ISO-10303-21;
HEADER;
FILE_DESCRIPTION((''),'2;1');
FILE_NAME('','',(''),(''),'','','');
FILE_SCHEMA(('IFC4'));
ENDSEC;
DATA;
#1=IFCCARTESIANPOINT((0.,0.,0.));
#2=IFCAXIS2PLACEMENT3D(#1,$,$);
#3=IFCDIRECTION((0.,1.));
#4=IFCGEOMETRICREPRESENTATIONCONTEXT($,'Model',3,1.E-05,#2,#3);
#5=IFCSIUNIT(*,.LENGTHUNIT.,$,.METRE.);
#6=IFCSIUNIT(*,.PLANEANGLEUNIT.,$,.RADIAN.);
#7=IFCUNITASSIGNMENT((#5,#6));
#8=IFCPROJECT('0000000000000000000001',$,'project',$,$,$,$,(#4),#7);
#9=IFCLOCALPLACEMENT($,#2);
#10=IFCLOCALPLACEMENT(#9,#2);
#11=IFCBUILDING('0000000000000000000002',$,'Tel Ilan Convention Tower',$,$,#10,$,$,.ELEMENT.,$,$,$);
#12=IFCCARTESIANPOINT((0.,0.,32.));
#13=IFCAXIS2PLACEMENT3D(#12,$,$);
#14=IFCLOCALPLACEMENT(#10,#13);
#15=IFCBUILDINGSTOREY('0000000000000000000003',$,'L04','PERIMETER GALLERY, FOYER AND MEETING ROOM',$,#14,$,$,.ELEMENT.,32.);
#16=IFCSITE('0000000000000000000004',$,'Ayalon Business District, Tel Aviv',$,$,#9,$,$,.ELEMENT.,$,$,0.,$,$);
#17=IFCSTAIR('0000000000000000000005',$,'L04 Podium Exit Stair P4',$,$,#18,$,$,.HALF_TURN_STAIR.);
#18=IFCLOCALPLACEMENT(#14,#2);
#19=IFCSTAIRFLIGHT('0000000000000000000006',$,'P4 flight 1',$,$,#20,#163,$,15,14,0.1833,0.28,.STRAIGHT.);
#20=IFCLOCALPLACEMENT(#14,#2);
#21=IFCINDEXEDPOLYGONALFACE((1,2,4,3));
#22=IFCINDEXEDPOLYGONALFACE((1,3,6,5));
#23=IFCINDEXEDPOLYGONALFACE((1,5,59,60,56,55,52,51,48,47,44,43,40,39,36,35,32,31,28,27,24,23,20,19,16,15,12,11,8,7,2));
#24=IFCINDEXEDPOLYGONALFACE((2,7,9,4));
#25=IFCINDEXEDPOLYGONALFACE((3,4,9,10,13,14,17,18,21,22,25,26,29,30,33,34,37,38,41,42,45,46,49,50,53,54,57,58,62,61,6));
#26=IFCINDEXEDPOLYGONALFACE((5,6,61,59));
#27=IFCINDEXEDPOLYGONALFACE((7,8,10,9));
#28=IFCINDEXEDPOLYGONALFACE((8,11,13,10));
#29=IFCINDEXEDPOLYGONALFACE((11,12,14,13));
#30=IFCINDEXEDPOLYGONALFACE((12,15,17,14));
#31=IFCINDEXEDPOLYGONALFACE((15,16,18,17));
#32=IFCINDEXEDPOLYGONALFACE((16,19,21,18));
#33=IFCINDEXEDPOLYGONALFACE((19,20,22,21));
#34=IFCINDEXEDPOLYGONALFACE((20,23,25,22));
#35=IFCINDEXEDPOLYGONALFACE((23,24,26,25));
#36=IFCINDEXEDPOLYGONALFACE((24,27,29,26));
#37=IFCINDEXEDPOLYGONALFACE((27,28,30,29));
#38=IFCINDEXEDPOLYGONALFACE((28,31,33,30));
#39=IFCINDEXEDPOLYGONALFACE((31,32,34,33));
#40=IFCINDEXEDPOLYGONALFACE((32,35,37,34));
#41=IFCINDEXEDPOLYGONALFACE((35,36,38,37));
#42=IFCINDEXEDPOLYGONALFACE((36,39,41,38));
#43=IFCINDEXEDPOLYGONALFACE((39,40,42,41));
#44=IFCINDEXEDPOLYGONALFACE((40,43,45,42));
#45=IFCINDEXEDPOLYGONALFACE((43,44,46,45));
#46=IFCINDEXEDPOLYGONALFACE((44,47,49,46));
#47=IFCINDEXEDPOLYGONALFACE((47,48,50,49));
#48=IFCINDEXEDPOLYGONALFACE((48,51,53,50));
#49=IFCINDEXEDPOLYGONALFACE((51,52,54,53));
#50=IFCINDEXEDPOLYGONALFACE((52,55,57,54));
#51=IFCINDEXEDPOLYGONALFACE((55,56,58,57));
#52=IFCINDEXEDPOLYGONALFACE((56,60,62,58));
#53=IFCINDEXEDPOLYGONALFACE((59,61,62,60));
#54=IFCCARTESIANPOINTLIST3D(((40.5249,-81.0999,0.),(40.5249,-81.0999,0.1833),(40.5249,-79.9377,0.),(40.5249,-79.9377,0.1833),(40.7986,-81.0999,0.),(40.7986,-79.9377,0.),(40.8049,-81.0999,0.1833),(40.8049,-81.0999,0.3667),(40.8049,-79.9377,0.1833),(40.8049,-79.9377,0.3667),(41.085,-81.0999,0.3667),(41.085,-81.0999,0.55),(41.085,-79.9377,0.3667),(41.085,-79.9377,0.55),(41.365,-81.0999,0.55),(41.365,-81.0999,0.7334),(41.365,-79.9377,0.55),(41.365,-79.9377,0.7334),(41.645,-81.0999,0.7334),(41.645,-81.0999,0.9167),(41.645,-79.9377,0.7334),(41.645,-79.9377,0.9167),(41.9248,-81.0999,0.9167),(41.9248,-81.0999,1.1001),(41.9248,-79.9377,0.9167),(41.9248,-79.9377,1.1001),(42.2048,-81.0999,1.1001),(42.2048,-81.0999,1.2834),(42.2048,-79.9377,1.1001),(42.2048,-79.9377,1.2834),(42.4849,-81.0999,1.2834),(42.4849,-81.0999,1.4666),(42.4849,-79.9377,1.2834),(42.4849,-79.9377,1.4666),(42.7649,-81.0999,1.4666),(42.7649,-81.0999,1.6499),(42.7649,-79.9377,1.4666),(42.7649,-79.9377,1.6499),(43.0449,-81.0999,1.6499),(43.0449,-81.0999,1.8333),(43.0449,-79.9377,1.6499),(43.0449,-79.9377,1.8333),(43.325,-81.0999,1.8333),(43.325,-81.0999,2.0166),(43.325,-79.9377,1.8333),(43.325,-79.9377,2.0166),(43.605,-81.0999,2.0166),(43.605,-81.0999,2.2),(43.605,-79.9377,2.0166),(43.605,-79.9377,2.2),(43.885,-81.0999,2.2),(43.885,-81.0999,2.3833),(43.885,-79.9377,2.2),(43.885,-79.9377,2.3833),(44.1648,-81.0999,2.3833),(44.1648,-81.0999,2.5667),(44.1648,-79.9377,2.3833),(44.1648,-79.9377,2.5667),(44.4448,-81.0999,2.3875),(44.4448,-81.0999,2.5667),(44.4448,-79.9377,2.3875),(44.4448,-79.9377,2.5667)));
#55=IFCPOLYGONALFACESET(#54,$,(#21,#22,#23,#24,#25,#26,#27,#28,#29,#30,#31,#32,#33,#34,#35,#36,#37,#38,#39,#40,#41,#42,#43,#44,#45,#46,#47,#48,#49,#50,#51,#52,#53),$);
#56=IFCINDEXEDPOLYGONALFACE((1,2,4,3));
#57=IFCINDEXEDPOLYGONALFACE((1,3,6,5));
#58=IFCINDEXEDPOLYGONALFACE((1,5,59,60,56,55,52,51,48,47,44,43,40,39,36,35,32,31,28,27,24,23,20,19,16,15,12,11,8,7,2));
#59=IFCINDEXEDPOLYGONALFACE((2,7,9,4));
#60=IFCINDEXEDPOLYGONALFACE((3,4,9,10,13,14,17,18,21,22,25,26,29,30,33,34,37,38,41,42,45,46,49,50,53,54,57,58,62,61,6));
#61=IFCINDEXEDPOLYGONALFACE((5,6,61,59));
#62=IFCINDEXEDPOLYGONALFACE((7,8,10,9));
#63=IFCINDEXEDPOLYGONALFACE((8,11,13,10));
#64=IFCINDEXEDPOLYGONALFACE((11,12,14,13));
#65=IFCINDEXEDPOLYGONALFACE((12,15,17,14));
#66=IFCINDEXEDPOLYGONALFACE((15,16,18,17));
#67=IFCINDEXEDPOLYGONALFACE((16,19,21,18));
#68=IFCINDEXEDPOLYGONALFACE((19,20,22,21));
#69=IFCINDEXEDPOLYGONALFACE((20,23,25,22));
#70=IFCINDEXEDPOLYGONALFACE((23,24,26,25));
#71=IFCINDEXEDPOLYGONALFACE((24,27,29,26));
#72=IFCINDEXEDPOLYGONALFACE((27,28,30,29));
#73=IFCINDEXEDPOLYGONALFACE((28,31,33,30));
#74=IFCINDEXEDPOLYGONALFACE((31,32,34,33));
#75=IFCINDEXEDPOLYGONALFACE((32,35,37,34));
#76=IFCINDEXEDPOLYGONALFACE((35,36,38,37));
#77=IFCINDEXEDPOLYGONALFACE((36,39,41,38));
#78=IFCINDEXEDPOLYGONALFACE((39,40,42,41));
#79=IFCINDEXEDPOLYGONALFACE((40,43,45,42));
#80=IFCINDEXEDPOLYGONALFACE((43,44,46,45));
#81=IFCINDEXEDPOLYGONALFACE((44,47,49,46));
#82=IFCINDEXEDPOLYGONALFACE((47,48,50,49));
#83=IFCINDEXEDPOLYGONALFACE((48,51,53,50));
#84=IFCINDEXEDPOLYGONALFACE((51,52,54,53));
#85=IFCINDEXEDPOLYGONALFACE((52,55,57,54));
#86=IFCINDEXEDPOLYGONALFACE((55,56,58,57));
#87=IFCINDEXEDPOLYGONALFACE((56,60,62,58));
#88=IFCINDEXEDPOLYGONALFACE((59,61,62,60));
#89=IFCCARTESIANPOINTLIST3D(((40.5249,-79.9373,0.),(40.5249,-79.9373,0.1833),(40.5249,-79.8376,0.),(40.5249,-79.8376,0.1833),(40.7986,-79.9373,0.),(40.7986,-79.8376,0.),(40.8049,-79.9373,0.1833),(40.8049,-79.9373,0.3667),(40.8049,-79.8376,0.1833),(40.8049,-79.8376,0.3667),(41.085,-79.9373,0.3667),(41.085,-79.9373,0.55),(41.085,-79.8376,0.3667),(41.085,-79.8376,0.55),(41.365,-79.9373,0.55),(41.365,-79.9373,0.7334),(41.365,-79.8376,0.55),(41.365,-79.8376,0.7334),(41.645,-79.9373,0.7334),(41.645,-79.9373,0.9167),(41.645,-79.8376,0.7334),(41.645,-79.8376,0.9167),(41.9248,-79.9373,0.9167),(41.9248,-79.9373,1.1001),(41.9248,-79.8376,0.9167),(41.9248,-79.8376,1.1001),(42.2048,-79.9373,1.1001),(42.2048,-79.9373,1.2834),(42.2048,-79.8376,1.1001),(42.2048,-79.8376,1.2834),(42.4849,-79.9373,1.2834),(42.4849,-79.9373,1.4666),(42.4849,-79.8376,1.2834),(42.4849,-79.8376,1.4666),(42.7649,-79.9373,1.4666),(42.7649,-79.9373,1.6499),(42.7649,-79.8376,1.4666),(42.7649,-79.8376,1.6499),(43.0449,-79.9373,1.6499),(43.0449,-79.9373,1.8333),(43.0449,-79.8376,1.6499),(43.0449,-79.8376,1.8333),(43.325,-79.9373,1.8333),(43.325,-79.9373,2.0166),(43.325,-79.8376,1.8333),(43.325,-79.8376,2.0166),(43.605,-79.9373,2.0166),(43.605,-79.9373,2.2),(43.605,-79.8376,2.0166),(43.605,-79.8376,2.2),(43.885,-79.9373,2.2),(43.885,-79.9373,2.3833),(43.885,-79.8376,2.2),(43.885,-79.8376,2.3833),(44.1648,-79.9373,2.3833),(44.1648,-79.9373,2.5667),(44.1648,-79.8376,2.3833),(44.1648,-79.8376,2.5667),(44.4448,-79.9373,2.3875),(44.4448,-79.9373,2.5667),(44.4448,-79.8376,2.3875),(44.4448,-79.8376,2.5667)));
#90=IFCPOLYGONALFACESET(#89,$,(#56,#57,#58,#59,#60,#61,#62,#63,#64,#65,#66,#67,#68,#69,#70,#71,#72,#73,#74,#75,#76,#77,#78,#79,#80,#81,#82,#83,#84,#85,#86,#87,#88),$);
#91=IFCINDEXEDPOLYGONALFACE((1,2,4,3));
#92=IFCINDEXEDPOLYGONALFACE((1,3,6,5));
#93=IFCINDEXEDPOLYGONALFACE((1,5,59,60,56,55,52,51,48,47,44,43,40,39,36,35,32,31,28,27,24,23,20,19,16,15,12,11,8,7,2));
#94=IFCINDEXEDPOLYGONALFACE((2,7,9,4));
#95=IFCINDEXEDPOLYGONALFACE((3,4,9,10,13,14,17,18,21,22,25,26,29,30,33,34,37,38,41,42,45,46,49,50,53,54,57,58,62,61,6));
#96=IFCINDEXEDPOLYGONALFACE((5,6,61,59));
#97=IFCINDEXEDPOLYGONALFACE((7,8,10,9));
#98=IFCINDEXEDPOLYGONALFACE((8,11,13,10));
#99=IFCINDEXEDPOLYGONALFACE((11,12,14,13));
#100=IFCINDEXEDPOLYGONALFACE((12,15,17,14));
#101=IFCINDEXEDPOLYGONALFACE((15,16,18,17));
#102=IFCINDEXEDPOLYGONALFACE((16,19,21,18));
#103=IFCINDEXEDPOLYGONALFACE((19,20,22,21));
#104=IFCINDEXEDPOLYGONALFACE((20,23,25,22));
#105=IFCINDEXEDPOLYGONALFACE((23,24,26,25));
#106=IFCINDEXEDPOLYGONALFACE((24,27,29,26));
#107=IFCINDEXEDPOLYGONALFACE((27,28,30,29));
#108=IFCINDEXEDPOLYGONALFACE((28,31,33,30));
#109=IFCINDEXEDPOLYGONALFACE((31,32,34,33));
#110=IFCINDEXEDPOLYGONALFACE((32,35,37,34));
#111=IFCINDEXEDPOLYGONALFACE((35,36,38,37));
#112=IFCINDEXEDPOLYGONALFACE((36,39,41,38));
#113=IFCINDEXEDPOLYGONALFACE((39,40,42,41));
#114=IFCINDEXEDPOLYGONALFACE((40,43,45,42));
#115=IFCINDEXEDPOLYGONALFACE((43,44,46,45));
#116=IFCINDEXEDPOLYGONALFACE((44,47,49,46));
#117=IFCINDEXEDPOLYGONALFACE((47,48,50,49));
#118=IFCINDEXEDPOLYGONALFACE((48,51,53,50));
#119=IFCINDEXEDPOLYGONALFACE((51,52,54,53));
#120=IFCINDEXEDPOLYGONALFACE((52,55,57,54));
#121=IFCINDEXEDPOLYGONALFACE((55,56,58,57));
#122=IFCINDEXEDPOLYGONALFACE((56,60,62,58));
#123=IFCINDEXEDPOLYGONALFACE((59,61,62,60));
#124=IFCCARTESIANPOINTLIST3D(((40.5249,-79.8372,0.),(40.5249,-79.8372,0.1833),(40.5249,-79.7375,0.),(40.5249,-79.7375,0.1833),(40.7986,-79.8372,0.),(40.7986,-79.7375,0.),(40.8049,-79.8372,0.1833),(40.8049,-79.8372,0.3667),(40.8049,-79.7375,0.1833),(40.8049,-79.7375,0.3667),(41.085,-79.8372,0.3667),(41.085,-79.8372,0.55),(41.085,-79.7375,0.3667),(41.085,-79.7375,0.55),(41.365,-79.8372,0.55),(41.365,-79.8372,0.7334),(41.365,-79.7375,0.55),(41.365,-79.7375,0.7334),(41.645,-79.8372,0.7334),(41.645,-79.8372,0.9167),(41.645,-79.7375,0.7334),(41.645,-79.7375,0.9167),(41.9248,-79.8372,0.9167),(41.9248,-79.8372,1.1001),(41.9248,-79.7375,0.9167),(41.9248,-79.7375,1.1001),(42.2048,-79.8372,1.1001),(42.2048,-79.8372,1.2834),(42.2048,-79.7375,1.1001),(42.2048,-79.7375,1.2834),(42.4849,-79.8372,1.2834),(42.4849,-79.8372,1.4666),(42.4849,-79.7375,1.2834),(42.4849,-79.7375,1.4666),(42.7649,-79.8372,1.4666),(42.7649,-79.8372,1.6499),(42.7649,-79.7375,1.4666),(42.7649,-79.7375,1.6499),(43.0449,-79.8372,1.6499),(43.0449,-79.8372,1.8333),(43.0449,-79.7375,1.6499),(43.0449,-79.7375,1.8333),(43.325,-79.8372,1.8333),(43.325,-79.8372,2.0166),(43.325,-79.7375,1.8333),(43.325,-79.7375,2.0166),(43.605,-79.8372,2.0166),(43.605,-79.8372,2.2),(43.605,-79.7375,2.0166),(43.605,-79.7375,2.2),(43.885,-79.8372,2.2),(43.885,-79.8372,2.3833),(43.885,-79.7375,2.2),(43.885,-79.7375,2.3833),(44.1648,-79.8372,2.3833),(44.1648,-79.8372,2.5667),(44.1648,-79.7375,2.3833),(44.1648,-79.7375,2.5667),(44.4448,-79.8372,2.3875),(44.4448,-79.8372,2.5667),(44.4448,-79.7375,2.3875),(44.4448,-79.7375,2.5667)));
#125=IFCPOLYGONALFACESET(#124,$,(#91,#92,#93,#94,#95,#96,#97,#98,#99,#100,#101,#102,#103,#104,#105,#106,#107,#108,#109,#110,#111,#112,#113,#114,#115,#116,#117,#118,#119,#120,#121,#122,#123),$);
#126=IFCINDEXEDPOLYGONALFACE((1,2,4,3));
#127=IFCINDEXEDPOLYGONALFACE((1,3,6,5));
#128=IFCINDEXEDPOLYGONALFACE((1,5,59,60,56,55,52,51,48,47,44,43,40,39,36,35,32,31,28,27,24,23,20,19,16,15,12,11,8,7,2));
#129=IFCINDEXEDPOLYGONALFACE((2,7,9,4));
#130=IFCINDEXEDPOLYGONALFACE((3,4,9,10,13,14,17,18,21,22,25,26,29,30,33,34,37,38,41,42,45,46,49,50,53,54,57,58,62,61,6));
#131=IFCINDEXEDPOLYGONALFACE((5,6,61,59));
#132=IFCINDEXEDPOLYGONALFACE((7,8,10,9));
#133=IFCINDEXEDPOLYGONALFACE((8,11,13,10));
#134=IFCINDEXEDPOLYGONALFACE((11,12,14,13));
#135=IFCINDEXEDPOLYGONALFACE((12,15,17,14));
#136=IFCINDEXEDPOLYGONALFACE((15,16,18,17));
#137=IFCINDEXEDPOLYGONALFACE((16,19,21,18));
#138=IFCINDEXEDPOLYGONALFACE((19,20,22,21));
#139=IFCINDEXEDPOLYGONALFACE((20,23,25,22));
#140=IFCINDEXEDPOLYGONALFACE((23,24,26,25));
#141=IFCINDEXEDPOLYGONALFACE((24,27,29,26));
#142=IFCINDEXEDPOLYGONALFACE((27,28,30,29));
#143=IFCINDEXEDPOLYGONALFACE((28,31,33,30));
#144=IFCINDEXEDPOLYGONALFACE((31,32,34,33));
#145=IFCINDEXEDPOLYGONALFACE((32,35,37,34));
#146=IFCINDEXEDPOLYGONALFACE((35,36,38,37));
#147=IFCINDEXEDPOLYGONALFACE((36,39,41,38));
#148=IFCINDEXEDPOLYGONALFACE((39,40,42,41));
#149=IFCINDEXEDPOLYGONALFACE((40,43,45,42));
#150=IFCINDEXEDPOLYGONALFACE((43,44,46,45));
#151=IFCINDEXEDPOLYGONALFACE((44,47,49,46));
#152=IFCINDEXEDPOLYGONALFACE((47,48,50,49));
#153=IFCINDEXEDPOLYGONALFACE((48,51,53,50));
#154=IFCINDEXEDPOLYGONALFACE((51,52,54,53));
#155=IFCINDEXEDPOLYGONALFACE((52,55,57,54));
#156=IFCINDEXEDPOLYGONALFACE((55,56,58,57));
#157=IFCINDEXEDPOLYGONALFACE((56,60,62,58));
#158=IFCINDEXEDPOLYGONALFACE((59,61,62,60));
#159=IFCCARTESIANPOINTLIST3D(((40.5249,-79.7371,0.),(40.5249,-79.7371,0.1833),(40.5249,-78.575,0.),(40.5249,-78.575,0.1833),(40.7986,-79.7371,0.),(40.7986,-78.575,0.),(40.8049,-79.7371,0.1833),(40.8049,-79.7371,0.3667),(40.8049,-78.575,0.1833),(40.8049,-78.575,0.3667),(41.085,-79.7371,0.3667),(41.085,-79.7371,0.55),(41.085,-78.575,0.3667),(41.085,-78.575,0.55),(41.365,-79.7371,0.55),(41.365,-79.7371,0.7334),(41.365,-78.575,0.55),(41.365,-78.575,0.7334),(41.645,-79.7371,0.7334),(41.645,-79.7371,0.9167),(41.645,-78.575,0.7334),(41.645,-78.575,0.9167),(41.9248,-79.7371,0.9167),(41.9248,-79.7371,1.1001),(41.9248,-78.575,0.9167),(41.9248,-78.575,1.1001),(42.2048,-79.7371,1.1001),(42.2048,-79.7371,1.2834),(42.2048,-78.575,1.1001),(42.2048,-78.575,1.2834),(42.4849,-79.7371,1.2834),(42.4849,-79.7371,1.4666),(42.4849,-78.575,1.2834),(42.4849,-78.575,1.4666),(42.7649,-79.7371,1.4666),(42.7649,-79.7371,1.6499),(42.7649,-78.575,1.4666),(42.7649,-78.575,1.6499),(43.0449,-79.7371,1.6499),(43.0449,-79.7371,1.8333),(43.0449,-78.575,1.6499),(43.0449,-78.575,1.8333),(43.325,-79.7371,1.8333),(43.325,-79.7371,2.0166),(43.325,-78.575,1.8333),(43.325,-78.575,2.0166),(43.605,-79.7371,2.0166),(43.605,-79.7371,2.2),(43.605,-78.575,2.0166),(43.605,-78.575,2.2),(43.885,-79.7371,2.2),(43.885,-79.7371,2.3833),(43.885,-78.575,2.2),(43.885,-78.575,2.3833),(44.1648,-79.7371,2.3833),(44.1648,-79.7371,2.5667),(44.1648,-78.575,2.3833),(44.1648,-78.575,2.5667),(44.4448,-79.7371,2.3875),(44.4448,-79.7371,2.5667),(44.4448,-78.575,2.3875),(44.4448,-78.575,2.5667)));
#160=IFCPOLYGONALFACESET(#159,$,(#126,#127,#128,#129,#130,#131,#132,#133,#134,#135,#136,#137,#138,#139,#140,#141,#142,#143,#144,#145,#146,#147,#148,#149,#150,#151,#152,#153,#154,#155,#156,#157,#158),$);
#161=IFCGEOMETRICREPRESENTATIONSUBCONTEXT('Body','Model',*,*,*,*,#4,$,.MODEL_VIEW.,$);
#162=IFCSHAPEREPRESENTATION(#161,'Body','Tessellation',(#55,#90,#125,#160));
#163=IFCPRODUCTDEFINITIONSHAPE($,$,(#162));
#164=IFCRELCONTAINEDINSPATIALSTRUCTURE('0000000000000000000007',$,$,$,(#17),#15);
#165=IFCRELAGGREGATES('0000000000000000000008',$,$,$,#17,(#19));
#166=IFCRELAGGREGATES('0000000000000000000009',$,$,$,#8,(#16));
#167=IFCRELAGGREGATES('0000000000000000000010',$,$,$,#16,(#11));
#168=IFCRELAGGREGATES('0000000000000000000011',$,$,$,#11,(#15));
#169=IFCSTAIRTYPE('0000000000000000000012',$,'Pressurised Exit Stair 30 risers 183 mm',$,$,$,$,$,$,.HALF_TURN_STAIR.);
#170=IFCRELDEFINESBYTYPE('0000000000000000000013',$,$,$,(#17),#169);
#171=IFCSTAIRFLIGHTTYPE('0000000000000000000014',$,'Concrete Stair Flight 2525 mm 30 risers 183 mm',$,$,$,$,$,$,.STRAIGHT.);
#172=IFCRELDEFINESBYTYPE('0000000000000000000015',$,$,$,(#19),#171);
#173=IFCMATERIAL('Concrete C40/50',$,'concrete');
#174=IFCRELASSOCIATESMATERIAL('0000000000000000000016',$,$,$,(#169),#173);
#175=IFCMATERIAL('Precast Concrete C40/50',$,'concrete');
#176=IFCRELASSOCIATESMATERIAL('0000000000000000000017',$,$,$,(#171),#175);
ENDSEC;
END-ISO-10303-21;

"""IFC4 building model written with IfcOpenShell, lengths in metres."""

from ifc_helpers import new_model, si_unit, direction, frame, origin, place, context, subcontext, project, spatial, polyline, outline, extrude, material, type_object, element, aggregate, save


model = new_model("IFC4")

# Units and contexts
model_context = context("Model", 3, precision=1e-05, world=origin(), true_north=direction((0.0, 1.0)))
body_context = subcontext(model_context, "Body", "Model", "MODEL_VIEW")
ifc_project = project(units=[si_unit("LENGTHUNIT", "METRE"), si_unit("PLANEANGLEUNIT", "RADIAN")], contexts=[model_context])

# Site, building, storey
site_placement = place(None, origin())
site = spatial("IfcSite", under=ifc_project, at=site_placement, Name="Ayalon Business District, Tel Aviv", CompositionType="ELEMENT", RefElevation=0.0)
building_placement = place(site_placement, origin())
building = spatial("IfcBuilding", under=site, at=building_placement, Name="Tel Ilan Convention Tower", CompositionType="ELEMENT")
storey_placement = place(building_placement, frame((0.0, 0.0, 32.0)))
storey = spatial("IfcBuildingStorey", under=building, at=storey_placement, Name="L04", Description="PERIMETER GALLERY, FOYER AND MEETING ROOM", CompositionType="ELEMENT", Elevation=32.0)

# Stair, stair flight
ifc_material_1 = material(Name="Concrete C40/50", Category="concrete")
stair_type = type_object("IfcStairType", Name="Pressurised Exit Stair 30 risers 183 mm", PredefinedType="HALF_TURN_STAIR", material=ifc_material_1)
stair_placement = place(storey_placement, origin())
stair = element("IfcStair", 1, at=stair_placement, inside=storey, type_object=stair_type, Name="L04 Podium Exit Stair P4", PredefinedType="HALF_TURN_STAIR")
ifc_material_2 = material(Name="Precast Concrete C40/50", Category="concrete")
stair_flight_type = type_object("IfcStairFlightType", Name="Concrete Stair Flight 2525 mm 30 risers 183 mm", PredefinedType="STRAIGHT", material=ifc_material_2)
stair_flight_1_placement = place(storey_placement, frame((40.5249, -79.8374, 0.0), z_axis=(0.0, 0.0, 1.0), x_axis=(1.0, 0.0, 0.0)))
stair_flight_1 = element("IfcStairFlight", 2, at=stair_flight_1_placement, type_object=stair_flight_type, Name="P4 flight 1", NumberOfRisers=15, NumberOfTreads=14, PredefinedType="STRAIGHT", RiserHeight=0.1833, TreadLength=0.28, context=body_context, shape_type="SweptSolid", body=[
    extrude(outline(polyline([(0.0, 0.0), (0.0, 0.1833), (0.28, 0.1833), (0.28, 0.3667), (0.5601, 0.3667), (0.5601, 0.55), (0.8401, 0.55), (0.8401, 0.7334), (1.1201, 0.7334), (1.1201, 0.9167), (1.3999, 0.9167), (1.3999, 1.1001), (1.6799, 1.1001), (1.6799, 1.2834), (1.96, 1.2834), (1.96, 1.4666), (2.24, 1.4666), (2.24, 1.6499), (2.52, 1.6499), (2.52, 1.8333), (2.8, 1.8333), (2.8, 2.0166), (3.0801, 2.0166), (3.0801, 2.2), (3.3601, 2.2), (3.3601, 2.3833), (3.6399, 2.3833), (3.6399, 2.5667), (3.9199, 2.5667), (3.9199, 2.75), (3.9199, 2.3875), (0.2737, 0.0), (0.0, 0.0)])), frame((0.0, -0.1003, 0.0), z_axis=(0.0, -1.0, 0.0), x_axis=(1.0, 0.0, 0.0)), (0.0, 0.0, 1.0), 1.1621),
    extrude(outline(polyline([(0.0, 0.0), (0.0, 0.1833), (0.28, 0.1833), (0.28, 0.3667), (0.5601, 0.3667), (0.5601, 0.55), (0.8401, 0.55), (0.8401, 0.7334), (1.1201, 0.7334), (1.1201, 0.9167), (1.3999, 0.9167), (1.3999, 1.1001), (1.6799, 1.1001), (1.6799, 1.2834), (1.96, 1.2834), (1.96, 1.4666), (2.24, 1.4666), (2.24, 1.6499), (2.52, 1.6499), (2.52, 1.8333), (2.8, 1.8333), (2.8, 2.0166), (3.0801, 2.0166), (3.0801, 2.2), (3.3601, 2.2), (3.3601, 2.3833), (3.6399, 2.3833), (3.6399, 2.5667), (3.9199, 2.5667), (3.9199, 2.75), (3.9199, 2.3875), (0.2737, 0.0), (0.0, 0.0)])), frame((0.0, -0.0002, 0.0), z_axis=(0.0, -1.0, 0.0), x_axis=(1.0, 0.0, 0.0)), (0.0, 0.0, 1.0), 0.0996),
    extrude(outline(polyline([(0.0, 0.0), (0.0, 0.1833), (0.28, 0.1833), (0.28, 0.3667), (0.5601, 0.3667), (0.5601, 0.55), (0.8401, 0.55), (0.8401, 0.7334), (1.1201, 0.7334), (1.1201, 0.9167), (1.3999, 0.9167), (1.3999, 1.1001), (1.6799, 1.1001), (1.6799, 1.2834), (1.96, 1.2834), (1.96, 1.4666), (2.24, 1.4666), (2.24, 1.6499), (2.52, 1.6499), (2.52, 1.8333), (2.8, 1.8333), (2.8, 2.0166), (3.0801, 2.0166), (3.0801, 2.2), (3.3601, 2.2), (3.3601, 2.3833), (3.6399, 2.3833), (3.6399, 2.5667), (3.9199, 2.5667), (3.9199, 2.75), (3.9199, 2.3875), (0.2737, 0.0), (0.0, 0.0)])), frame((0.0, 0.0999, 0.0), z_axis=(0.0, -1.0, 0.0), x_axis=(1.0, 0.0, 0.0)), (0.0, 0.0, 1.0), 0.0996),
    extrude(outline(polyline([(0.0, 0.0), (0.0, 0.1833), (0.28, 0.1833), (0.28, 0.3667), (0.5601, 0.3667), (0.5601, 0.55), (0.8401, 0.55), (0.8401, 0.7334), (1.1201, 0.7334), (1.1201, 0.9167), (1.3999, 0.9167), (1.3999, 1.1001), (1.6799, 1.1001), (1.6799, 1.2834), (1.96, 1.2834), (1.96, 1.4666), (2.24, 1.4666), (2.24, 1.6499), (2.52, 1.6499), (2.52, 1.8333), (2.8, 1.8333), (2.8, 2.0166), (3.0801, 2.0166), (3.0801, 2.2), (3.3601, 2.2), (3.3601, 2.3833), (3.6399, 2.3833), (3.6399, 2.5667), (3.9199, 2.5667), (3.9199, 2.75), (3.9199, 2.3875), (0.2737, 0.0), (0.0, 0.0)])), frame((0.0, 1.2625, 0.0), z_axis=(0.0, -1.0, 0.0), x_axis=(1.0, 0.0, 0.0)), (0.0, 0.0, 1.0), 1.1621),
])
aggregate(stair, [stair_flight_1])

save(model, "model.ifc")
